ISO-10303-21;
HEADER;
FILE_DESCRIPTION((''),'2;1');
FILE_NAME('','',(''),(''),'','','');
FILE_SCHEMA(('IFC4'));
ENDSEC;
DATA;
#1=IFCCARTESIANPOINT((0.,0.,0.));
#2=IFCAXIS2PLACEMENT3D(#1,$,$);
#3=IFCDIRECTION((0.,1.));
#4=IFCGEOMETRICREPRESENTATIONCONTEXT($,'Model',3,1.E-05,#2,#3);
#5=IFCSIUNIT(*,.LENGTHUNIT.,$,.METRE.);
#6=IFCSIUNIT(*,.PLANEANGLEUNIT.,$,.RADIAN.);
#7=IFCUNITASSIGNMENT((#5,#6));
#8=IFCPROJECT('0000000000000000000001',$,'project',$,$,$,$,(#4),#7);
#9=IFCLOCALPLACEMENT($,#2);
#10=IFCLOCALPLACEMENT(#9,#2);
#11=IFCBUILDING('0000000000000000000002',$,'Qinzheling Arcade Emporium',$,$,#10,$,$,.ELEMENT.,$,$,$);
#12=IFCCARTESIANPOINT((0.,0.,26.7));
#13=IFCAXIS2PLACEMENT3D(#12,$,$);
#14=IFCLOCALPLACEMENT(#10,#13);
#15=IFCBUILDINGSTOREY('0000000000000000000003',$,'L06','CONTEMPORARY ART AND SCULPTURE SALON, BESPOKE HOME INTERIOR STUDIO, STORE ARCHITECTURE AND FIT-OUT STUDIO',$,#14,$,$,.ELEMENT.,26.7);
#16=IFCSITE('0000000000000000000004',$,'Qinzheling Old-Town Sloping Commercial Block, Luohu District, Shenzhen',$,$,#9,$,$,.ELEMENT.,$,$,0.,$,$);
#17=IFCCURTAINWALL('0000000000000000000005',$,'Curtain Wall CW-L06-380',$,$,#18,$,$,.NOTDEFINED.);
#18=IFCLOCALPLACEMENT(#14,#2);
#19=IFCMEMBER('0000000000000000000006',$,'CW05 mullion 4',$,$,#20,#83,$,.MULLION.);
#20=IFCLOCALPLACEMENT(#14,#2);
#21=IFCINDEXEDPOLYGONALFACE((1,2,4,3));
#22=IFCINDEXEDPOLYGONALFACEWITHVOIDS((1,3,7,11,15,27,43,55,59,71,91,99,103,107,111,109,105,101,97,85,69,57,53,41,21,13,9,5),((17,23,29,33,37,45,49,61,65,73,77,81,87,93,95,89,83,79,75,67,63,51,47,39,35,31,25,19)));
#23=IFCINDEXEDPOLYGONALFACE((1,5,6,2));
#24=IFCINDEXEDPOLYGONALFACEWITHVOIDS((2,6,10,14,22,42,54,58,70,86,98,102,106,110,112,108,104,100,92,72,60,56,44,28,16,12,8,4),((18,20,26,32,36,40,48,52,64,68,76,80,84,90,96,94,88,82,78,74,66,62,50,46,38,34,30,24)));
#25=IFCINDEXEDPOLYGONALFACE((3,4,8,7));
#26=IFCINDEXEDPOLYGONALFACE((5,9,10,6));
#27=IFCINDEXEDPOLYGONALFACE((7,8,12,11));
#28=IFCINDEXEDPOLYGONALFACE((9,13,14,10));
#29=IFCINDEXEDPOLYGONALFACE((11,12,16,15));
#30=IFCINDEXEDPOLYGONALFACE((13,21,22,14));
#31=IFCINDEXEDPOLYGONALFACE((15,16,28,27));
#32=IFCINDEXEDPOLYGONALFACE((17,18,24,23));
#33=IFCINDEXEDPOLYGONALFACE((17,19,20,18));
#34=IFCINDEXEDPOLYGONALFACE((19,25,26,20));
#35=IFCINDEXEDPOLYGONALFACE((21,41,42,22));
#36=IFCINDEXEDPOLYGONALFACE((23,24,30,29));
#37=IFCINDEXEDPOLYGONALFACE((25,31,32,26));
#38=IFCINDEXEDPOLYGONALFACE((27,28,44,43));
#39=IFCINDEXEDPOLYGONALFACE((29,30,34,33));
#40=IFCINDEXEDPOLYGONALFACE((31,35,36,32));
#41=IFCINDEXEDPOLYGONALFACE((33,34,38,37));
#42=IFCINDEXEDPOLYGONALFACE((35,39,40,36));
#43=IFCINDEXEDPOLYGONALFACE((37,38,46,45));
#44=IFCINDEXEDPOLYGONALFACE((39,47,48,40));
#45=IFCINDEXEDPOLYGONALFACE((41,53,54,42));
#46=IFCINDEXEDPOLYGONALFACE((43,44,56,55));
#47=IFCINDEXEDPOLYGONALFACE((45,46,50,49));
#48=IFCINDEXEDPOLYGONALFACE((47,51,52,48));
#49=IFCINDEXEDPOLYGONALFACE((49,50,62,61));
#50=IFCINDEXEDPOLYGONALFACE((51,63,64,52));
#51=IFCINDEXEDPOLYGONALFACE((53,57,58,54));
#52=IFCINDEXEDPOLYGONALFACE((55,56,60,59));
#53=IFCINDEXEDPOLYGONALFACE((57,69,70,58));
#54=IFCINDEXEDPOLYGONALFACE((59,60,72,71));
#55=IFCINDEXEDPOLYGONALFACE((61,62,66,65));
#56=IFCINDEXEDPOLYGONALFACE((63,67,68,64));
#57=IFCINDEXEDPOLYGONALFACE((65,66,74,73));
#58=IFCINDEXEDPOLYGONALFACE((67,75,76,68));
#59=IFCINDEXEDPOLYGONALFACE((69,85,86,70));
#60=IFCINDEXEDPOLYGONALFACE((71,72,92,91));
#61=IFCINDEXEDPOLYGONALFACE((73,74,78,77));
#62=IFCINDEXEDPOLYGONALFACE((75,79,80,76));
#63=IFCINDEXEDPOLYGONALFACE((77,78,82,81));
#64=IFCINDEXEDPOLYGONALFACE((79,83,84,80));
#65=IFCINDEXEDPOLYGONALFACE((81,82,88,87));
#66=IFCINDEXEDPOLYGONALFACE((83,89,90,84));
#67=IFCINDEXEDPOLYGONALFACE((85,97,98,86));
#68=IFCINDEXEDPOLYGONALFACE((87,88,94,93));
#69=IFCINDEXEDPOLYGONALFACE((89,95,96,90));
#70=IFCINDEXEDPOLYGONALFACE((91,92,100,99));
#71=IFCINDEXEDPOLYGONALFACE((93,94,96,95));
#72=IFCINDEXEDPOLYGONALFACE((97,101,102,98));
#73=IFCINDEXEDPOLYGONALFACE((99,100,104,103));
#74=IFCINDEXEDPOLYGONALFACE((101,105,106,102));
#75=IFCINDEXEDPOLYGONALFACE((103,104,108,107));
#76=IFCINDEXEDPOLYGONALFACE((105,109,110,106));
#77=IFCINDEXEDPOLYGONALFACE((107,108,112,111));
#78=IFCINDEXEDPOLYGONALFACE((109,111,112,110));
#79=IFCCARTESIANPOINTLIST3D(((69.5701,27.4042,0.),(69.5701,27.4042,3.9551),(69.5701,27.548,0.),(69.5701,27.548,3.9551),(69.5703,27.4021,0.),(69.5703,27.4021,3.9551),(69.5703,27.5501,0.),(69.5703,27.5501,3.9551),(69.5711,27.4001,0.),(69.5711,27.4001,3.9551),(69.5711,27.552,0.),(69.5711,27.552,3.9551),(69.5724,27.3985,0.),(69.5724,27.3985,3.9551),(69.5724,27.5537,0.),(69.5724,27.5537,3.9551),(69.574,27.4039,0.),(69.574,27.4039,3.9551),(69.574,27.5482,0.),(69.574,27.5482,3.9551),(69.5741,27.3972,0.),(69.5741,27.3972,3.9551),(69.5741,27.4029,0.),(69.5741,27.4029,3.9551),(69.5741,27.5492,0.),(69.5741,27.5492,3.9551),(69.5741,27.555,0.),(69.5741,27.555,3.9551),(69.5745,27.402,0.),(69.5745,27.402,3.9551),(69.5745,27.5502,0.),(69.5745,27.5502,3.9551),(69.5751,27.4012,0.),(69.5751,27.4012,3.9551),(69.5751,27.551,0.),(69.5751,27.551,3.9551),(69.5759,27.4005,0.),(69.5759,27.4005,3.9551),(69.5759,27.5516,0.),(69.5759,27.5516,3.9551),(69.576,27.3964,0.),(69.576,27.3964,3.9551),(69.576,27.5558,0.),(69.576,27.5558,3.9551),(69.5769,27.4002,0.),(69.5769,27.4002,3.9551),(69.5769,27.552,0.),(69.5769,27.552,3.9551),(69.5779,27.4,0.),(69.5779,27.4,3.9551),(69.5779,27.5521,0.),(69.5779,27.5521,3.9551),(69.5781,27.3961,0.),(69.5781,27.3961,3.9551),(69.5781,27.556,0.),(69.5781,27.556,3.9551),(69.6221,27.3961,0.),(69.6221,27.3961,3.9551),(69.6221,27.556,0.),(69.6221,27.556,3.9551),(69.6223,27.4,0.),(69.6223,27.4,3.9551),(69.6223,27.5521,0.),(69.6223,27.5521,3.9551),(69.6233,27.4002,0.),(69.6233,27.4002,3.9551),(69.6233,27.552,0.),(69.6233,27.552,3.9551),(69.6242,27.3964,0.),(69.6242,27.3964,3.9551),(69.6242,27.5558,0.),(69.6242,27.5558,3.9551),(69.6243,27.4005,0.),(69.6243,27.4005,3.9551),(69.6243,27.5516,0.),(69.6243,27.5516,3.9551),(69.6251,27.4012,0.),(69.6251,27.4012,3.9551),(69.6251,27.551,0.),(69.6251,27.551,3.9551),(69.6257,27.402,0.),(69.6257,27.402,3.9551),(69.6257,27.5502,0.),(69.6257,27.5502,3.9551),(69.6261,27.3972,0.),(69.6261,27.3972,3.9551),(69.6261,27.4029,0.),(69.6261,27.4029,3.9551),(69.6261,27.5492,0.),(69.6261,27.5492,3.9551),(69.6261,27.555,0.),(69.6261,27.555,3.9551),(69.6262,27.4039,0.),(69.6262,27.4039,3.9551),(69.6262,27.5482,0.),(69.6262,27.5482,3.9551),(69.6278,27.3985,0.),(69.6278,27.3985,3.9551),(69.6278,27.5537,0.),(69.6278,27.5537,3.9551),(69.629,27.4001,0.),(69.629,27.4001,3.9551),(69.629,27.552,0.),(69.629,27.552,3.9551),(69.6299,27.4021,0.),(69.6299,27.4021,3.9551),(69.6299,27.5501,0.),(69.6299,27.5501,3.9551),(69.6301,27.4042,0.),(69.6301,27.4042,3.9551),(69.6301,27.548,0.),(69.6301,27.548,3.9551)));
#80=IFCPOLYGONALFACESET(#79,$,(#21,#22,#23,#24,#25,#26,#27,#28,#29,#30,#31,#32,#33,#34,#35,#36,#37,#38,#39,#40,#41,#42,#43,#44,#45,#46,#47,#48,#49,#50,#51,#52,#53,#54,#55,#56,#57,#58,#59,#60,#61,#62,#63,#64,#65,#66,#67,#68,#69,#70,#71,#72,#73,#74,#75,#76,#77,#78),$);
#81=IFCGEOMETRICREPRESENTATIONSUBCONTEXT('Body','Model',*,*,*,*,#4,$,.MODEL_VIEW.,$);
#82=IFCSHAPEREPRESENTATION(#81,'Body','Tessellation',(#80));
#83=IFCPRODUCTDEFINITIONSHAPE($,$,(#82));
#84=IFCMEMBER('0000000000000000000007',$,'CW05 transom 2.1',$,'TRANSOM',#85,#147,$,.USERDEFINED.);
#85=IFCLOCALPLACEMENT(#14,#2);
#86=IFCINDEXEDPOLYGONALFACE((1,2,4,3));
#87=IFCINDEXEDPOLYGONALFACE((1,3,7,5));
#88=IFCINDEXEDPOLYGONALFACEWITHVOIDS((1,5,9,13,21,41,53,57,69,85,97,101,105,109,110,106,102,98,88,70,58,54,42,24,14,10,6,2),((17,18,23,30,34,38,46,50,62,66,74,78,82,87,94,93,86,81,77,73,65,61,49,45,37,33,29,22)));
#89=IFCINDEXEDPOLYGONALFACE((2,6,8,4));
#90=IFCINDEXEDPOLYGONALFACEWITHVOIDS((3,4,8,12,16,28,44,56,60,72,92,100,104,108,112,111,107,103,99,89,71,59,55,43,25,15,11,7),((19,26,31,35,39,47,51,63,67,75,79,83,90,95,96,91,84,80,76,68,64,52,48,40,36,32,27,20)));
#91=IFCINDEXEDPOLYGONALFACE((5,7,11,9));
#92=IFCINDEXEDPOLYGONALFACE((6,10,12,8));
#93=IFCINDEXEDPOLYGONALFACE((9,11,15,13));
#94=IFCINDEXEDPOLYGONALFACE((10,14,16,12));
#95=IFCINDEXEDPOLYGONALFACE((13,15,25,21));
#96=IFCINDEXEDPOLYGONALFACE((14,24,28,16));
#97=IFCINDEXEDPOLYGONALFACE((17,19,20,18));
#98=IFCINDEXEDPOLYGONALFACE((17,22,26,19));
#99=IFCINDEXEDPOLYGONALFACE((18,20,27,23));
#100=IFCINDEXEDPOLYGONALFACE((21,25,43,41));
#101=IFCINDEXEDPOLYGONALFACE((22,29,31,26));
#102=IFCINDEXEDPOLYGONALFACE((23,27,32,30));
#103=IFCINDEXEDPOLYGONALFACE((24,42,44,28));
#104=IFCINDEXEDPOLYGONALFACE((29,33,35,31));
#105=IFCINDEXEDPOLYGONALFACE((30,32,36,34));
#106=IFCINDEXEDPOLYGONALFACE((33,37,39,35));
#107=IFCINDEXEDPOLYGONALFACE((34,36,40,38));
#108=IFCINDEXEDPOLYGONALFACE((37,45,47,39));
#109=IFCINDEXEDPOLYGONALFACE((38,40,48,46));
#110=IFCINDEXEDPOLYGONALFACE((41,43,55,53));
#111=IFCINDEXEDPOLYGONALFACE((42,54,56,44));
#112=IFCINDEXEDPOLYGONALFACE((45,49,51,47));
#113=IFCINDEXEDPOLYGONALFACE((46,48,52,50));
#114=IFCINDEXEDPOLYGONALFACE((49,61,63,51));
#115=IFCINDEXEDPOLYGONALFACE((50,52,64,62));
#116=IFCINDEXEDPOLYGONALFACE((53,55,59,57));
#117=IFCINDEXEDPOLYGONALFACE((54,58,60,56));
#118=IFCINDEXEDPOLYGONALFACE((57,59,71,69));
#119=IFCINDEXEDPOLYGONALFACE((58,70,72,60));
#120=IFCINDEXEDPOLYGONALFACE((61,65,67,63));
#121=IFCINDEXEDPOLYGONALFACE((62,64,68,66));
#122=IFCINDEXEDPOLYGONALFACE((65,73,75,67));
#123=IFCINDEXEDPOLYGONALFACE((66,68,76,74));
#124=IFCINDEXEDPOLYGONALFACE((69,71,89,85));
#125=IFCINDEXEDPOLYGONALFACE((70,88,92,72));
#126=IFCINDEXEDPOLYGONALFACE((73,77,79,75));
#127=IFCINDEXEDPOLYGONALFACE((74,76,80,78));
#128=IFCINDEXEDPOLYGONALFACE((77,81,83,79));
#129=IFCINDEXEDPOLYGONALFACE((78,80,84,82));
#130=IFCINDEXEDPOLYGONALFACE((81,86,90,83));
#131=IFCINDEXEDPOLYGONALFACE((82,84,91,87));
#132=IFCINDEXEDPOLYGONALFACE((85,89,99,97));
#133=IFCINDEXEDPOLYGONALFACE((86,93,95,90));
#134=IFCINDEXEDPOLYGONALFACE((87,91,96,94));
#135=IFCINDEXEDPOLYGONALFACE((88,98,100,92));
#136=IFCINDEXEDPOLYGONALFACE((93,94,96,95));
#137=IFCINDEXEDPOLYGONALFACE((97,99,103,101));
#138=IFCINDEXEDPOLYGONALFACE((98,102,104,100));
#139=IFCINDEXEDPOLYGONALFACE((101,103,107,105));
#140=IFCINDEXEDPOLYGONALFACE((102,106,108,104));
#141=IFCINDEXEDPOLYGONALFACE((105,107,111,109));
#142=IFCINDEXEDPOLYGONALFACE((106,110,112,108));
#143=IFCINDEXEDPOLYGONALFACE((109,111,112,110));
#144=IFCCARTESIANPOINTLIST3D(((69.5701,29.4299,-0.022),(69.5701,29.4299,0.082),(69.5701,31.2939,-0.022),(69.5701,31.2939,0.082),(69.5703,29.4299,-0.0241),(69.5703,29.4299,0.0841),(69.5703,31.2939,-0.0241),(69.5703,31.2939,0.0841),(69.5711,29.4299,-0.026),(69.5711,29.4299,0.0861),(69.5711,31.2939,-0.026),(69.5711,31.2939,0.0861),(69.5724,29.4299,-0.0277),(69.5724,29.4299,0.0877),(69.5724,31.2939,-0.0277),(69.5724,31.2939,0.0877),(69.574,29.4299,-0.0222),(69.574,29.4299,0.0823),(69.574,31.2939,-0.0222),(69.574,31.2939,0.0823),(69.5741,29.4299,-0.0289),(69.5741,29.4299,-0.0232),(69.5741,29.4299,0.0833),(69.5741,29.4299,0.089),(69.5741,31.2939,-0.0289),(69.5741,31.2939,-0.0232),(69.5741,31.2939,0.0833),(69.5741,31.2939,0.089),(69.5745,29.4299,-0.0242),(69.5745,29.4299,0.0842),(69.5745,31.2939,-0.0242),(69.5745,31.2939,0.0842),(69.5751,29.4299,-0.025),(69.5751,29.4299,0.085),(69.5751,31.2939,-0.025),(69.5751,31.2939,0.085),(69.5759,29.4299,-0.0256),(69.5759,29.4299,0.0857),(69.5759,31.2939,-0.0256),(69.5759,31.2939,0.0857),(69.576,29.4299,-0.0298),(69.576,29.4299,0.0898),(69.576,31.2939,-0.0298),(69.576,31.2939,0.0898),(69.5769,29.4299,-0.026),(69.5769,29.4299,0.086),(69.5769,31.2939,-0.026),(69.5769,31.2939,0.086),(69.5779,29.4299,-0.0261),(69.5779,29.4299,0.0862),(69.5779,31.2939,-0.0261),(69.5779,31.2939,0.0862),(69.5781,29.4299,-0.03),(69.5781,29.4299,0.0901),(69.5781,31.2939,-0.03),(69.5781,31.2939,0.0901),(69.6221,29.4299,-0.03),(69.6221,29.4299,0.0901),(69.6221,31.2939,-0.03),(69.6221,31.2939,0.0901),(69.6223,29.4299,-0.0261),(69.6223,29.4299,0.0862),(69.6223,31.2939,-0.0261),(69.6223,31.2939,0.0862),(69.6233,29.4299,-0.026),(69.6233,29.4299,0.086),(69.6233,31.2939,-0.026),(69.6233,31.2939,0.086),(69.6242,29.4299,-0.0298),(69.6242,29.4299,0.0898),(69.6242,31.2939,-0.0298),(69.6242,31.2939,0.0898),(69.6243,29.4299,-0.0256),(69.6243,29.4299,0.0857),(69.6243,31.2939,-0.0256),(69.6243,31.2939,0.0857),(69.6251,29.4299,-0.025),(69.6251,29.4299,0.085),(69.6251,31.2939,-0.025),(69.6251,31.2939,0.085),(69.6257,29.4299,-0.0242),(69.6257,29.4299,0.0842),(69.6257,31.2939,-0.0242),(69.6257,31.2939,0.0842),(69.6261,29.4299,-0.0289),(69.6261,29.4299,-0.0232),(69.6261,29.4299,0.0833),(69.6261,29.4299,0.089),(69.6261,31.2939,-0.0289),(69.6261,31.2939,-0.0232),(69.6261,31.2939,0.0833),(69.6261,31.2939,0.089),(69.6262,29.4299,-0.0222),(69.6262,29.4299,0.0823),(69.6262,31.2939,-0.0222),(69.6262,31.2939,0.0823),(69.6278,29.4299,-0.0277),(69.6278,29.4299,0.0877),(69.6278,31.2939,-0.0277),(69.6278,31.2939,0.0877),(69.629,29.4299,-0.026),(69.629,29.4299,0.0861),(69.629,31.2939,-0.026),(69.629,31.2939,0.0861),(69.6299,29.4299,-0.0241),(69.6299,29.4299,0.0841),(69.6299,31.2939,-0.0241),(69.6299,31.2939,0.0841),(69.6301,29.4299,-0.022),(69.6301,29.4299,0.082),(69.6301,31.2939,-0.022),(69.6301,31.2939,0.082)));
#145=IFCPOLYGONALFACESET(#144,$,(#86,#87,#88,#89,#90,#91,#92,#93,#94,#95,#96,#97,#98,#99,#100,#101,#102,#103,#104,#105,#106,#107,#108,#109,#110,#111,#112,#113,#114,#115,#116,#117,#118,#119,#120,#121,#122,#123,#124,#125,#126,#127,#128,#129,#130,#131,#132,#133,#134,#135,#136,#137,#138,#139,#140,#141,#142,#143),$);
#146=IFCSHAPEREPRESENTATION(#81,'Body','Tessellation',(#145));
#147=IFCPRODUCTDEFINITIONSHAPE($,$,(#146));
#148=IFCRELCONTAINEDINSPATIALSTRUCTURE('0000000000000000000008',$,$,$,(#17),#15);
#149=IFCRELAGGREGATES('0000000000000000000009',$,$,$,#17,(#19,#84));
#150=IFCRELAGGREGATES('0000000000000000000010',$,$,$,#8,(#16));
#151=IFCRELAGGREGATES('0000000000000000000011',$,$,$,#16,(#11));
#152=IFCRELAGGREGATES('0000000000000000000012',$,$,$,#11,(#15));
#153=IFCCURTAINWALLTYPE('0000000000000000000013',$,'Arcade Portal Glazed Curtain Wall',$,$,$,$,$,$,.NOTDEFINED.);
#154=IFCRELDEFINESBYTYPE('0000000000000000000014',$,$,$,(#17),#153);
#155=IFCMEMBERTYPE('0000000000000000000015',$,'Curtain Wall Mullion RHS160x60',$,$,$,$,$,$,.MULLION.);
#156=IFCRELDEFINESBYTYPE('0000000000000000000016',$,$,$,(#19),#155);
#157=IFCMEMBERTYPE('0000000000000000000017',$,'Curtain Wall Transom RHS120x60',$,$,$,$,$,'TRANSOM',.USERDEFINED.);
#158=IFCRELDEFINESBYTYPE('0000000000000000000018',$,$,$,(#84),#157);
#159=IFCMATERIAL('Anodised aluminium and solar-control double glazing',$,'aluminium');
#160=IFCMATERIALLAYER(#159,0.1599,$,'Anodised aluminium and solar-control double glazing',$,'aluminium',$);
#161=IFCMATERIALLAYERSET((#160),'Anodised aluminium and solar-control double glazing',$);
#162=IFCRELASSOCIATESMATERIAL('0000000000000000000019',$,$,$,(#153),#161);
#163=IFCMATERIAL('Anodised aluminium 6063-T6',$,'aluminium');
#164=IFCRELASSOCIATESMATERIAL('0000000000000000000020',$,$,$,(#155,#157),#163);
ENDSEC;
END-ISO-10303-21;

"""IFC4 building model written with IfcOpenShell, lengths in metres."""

from ifc_helpers import new_model, si_unit, direction, frame, origin, origin_2d, place, context, subcontext, project, spatial, hollow_rectangle, extrude, material, layer, layer_set, material_profile, profile_set, type_object, element, aggregate, save


model = new_model("IFC4")

# Units and contexts
model_context = context("Model", 3, precision=1e-05, world=origin(), true_north=direction((0.0, 1.0)))
body_context = subcontext(model_context, "Body", "Model", "MODEL_VIEW")
ifc_project = project(units=[si_unit("LENGTHUNIT", "METRE"), si_unit("PLANEANGLEUNIT", "RADIAN")], contexts=[model_context])

# Site, building, storey
site_placement = place(None, origin())
site = spatial("IfcSite", under=ifc_project, at=site_placement, Name="Qinzheling Old-Town Sloping Commercial Block, Luohu District, Shenzhen", CompositionType="ELEMENT", RefElevation=0.0)
building_placement = place(site_placement, origin())
building = spatial("IfcBuilding", under=site, at=building_placement, Name="Qinzheling Arcade Emporium", CompositionType="ELEMENT")
storey_placement = place(building_placement, frame((0.0, 0.0, 26.7)))
storey = spatial("IfcBuildingStorey", under=building, at=storey_placement, Name="L06", Description="CONTEMPORARY ART AND SCULPTURE SALON, BESPOKE HOME INTERIOR STUDIO, STORE ARCHITECTURE AND FIT-OUT STUDIO", CompositionType="ELEMENT", Elevation=26.7)

# Curtain wall, members
ifc_material_1 = material(Name="Anodised aluminium and solar-control double glazing", Category="aluminium")
ifc_layer_1 = layer(ifc_material_1, 0.1599, Name="Anodised aluminium and solar-control double glazing", Category="aluminium")
ifc_layer_set_1 = layer_set([ifc_layer_1], Name="Anodised aluminium and solar-control double glazing")
curtain_wall_type = type_object("IfcCurtainWallType", Name="Arcade Portal Glazed Curtain Wall", PredefinedType="NOTDEFINED", material=ifc_layer_set_1)
curtain_wall_placement = place(storey_placement, origin())
curtain_wall = element("IfcCurtainWall", 1, at=curtain_wall_placement, inside=storey, type_object=curtain_wall_type, Name="Curtain Wall CW-L06-380", PredefinedType="NOTDEFINED")
ifc_material_2 = material(Name="Anodised aluminium 6063-T6", Category="aluminium")
ifc_material_profile_1 = material_profile(ifc_material_2, hollow_rectangle(XDim=0.0601, YDim=0.1599, WallThickness=0.0039, InnerFilletRadius=0.0039, OuterFilletRadius=0.0081, at=origin_2d()), Name="RHS 160x60x4", Category="aluminium")
ifc_profile_set_1 = profile_set([ifc_material_profile_1], Name="Anodised aluminium 6063-T6")
member_type_1 = type_object("IfcMemberType", Name="Curtain Wall Mullion RHS160x60", PredefinedType="MULLION", material=ifc_profile_set_1)
member_1_placement = place(storey_placement, frame((69.6001, 27.4761, 0.0), z_axis=(0.0, 0.0, 1.0), x_axis=(1.0, 0.0, 0.0)))
member_1 = element("IfcMember", 2, at=member_1_placement, type_object=member_type_1, Name="CW05 mullion 4", PredefinedType="MULLION", context=body_context, shape_type="SweptSolid", body=[
    extrude(hollow_rectangle(XDim=0.0601, YDim=0.1599, WallThickness=0.0039, InnerFilletRadius=0.0039, OuterFilletRadius=0.0081, at=origin_2d()), origin(), (0.0, 0.0, 1.0), 3.9551),
])
ifc_material_profile_2 = material_profile(ifc_material_2, hollow_rectangle(XDim=0.0601, YDim=0.1201, WallThickness=0.0039, InnerFilletRadius=0.0039, OuterFilletRadius=0.0081, at=origin_2d()), Name="RHS 120x60x4", Category="aluminium")
ifc_profile_set_2 = profile_set([ifc_material_profile_2], Name="Anodised aluminium 6063-T6")
member_type_2 = type_object("IfcMemberType", Name="Curtain Wall Transom RHS120x60", ElementType="TRANSOM", PredefinedType="USERDEFINED", material=ifc_profile_set_2)
member_2_placement = place(storey_placement, frame((69.6001, 31.2939, 0.03), z_axis=(0.0, -1.0, 0.0), x_axis=(1.0, 0.0, 0.0)))
member_2 = element("IfcMember", 3, at=member_2_placement, type_object=member_type_2, Name="CW05 transom 2.1", ObjectType="TRANSOM", PredefinedType="USERDEFINED", context=body_context, shape_type="SweptSolid", body=[
    extrude(hollow_rectangle(XDim=0.0601, YDim=0.1201, WallThickness=0.0039, InnerFilletRadius=0.0039, OuterFilletRadius=0.0081, at=origin_2d()), origin(), (0.0, 0.0, 1.0), 1.864),
])
aggregate(curtain_wall, [member_1, member_2])

save(model, "model.ifc")
